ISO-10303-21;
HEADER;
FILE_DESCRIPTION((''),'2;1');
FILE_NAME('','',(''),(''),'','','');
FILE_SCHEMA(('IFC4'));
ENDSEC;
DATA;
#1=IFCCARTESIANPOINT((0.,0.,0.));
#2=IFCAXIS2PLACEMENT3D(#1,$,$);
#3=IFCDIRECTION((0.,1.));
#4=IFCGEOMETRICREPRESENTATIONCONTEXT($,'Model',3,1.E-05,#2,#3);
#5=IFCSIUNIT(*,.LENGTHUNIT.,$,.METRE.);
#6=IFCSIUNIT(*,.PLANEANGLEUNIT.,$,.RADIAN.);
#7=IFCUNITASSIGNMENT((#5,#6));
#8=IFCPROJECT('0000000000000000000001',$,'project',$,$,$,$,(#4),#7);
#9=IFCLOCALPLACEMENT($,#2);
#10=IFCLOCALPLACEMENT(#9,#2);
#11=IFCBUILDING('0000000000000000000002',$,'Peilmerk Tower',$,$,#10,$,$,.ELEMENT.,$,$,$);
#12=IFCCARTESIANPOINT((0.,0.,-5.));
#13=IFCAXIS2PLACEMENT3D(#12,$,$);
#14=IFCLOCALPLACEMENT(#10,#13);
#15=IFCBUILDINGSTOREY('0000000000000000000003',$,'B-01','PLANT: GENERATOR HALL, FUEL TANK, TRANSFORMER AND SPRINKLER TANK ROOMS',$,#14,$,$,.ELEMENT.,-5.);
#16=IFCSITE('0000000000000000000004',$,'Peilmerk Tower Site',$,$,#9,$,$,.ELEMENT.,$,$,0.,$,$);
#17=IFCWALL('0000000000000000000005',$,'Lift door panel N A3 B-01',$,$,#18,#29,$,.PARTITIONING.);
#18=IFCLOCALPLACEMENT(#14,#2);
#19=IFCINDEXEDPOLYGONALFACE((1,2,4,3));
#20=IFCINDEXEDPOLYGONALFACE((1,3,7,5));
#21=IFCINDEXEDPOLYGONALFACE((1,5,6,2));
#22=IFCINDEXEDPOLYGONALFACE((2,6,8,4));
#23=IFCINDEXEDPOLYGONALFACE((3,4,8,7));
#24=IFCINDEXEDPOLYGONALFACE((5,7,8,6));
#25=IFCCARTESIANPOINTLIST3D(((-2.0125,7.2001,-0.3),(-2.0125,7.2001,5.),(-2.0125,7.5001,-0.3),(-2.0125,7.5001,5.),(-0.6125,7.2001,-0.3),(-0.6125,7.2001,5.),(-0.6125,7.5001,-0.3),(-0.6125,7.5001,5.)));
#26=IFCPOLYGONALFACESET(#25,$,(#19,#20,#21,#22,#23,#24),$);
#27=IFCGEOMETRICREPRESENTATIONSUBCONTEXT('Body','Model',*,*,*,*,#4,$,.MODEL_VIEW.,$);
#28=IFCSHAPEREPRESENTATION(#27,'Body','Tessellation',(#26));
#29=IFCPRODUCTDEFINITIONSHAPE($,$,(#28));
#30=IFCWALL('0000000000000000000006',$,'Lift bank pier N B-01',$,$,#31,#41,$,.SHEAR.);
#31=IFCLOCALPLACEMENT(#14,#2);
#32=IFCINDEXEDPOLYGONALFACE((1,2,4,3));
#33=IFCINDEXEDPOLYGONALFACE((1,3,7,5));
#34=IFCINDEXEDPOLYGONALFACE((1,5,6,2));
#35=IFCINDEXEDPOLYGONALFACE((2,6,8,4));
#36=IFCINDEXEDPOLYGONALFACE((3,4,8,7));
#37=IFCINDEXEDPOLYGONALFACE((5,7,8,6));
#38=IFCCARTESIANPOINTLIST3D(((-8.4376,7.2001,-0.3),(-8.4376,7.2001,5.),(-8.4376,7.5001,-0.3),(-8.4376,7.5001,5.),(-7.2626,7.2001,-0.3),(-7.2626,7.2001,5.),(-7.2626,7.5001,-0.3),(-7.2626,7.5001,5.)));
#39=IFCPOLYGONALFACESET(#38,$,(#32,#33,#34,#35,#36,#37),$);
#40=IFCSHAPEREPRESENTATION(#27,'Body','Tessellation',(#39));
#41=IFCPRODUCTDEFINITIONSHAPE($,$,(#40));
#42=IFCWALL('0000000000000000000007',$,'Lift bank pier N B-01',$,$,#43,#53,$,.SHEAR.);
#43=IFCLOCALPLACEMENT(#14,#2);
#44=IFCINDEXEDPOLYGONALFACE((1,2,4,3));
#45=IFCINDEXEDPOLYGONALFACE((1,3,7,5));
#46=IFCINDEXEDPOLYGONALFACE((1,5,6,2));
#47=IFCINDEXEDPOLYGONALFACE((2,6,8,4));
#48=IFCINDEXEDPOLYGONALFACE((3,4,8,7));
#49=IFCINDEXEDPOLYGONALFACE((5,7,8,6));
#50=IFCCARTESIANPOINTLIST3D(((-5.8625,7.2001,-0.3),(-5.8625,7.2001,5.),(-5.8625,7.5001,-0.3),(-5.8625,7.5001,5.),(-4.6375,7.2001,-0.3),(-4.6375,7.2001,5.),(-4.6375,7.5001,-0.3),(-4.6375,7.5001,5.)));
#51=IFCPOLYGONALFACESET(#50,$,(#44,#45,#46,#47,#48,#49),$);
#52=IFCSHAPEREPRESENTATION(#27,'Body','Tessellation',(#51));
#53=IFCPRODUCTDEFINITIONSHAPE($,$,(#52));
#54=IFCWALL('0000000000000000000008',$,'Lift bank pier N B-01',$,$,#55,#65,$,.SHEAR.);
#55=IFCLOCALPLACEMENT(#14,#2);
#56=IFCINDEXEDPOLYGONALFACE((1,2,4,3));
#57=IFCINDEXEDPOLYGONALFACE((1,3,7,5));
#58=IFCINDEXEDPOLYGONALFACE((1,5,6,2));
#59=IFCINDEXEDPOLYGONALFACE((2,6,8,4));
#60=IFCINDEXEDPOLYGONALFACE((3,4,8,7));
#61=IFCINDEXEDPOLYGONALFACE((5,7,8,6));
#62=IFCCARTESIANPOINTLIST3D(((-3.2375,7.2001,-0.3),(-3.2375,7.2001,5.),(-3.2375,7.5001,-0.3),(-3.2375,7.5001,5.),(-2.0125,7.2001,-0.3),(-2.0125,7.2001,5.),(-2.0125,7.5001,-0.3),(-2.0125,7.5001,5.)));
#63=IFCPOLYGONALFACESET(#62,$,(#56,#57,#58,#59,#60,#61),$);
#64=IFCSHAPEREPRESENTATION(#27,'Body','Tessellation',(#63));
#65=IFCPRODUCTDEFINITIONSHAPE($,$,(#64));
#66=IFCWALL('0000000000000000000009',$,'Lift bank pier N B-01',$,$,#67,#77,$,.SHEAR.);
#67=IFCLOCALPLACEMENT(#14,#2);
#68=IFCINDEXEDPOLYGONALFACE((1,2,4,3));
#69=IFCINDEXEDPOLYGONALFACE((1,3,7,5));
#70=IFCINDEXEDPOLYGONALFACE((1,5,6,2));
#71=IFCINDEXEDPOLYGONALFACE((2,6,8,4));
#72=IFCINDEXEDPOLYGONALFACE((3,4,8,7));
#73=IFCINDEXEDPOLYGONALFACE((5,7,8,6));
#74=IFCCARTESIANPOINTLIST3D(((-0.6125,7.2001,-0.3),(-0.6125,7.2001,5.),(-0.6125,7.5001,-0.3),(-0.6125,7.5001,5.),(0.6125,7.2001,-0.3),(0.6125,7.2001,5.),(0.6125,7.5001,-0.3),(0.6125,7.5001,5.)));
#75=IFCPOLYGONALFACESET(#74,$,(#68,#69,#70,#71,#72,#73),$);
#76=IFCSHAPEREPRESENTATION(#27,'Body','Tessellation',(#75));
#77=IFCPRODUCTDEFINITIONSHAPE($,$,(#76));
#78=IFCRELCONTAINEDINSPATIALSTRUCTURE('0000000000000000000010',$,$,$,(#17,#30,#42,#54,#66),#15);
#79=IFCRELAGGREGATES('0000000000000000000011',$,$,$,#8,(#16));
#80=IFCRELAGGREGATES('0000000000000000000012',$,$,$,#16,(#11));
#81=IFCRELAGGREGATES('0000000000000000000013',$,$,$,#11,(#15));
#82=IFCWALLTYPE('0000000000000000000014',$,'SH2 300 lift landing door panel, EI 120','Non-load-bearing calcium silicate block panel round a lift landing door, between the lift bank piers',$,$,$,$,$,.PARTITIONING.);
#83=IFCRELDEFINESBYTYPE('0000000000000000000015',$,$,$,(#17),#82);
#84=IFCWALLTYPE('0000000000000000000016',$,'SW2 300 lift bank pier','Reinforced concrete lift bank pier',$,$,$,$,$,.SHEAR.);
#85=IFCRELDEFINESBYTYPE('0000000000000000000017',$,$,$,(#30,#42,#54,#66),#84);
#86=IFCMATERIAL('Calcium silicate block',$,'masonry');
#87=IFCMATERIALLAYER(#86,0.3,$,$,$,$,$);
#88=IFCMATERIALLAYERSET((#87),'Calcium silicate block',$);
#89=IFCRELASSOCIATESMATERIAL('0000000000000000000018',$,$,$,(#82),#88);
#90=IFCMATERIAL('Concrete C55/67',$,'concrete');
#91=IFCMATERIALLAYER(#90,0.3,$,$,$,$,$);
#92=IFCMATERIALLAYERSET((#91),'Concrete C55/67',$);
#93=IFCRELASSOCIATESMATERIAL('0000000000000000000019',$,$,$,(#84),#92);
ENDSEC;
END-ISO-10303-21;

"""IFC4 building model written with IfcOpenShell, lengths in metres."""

from ifc_helpers import new_model, si_unit, direction, frame, frame_2d, origin, place, context, subcontext, project, spatial, rectangle, extrude, material, layer, layer_set, type_object, element, save


model = new_model("IFC4")

# Units and contexts
model_context = context("Model", 3, precision=1e-05, world=origin(), true_north=direction((0.0, 1.0)))
body_context = subcontext(model_context, "Body", "Model", "MODEL_VIEW")
ifc_project = project(units=[si_unit("LENGTHUNIT", "METRE"), si_unit("PLANEANGLEUNIT", "RADIAN")], contexts=[model_context])

# Site, building, storey
site_placement = place(None, origin())
site = spatial("IfcSite", under=ifc_project, at=site_placement, Name="Peilmerk Tower Site", CompositionType="ELEMENT", RefElevation=0.0)
building_placement = place(site_placement, origin())
building = spatial("IfcBuilding", under=site, at=building_placement, Name="Peilmerk Tower", CompositionType="ELEMENT")
storey_placement = place(building_placement, frame((0.0, 0.0, -5.0)))
storey = spatial("IfcBuildingStorey", under=building, at=storey_placement, Name="B-01", Description="PLANT: GENERATOR HALL, FUEL TANK, TRANSFORMER AND SPRINKLER TANK ROOMS", CompositionType="ELEMENT", Elevation=-5.0)

# Walls
ifc_material_1 = material(Name="Calcium silicate block", Category="masonry")
ifc_layer_1 = layer(ifc_material_1, 0.3)
ifc_layer_set_1 = layer_set([ifc_layer_1], Name="Calcium silicate block")
wall_type_1 = type_object("IfcWallType", Name="SH2 300 lift landing door panel, EI 120", Description="Non-load-bearing calcium silicate block panel round a lift landing door, between the lift bank piers", PredefinedType="PARTITIONING", material=ifc_layer_set_1)
for number, where, z_axis, x_axis, name in (
    (1, (-2.0125, 7.3501, -0.3), (0.0, 0.0, 1.0), (1.0, 0.0, 0.0), "Lift door panel N A3 B-01"),
):
    element("IfcWall", number, at=place(storey_placement, frame(where, z_axis=z_axis, x_axis=x_axis)), inside=storey, type_object=wall_type_1, Name=name, PredefinedType="PARTITIONING", context=body_context, shape_type="SweptSolid", body=[
        extrude(rectangle(XDim=1.3999, YDim=0.3, at=frame_2d((0.7, 0.0))), origin(), (0.0, 0.0, 1.0), 5.3),
    ])
ifc_material_2 = material(Name="Concrete C55/67", Category="concrete")
ifc_layer_2 = layer(ifc_material_2, 0.3)
ifc_layer_set_2 = layer_set([ifc_layer_2], Name="Concrete C55/67")
wall_type_2 = type_object("IfcWallType", Name="SW2 300 lift bank pier", Description="Reinforced concrete lift bank pier", PredefinedType="SHEAR", material=ifc_layer_set_2)
wall_1_placement = place(storey_placement, frame((-8.4375, 7.3501, -0.3), z_axis=(0.0, 0.0, 1.0), x_axis=(1.0, 0.0, 0.0)))
element("IfcWall", 2, at=wall_1_placement, inside=storey, type_object=wall_type_2, Name="Lift bank pier N B-01", PredefinedType="SHEAR", context=body_context, shape_type="SweptSolid", body=[
    extrude(rectangle(XDim=1.175, YDim=0.3, at=frame_2d((0.5874, 0.0))), origin(), (0.0, 0.0, 1.0), 5.3),
])
for number, where, z_axis, x_axis, name in (
    (3, (-5.8625, 7.3501, -0.3), (0.0, 0.0, 1.0), (1.0, 0.0, 0.0), "Lift bank pier N B-01"),
    (4, (-3.2375, 7.3501, -0.3), (0.0, 0.0, 1.0), (1.0, 0.0, 0.0), "Lift bank pier N B-01"),
    (5, (-0.6125, 7.3501, -0.3), (0.0, 0.0, 1.0), (1.0, 0.0, 0.0), "Lift bank pier N B-01"),
):
    element("IfcWall", number, at=place(storey_placement, frame(where, z_axis=z_axis, x_axis=x_axis)), inside=storey, type_object=wall_type_2, Name=name, PredefinedType="SHEAR", context=body_context, shape_type="SweptSolid", body=[
        extrude(rectangle(XDim=1.2251, YDim=0.3, at=frame_2d((0.6125, 0.0))), origin(), (0.0, 0.0, 1.0), 5.3),
    ])

save(model, "model.ifc")
